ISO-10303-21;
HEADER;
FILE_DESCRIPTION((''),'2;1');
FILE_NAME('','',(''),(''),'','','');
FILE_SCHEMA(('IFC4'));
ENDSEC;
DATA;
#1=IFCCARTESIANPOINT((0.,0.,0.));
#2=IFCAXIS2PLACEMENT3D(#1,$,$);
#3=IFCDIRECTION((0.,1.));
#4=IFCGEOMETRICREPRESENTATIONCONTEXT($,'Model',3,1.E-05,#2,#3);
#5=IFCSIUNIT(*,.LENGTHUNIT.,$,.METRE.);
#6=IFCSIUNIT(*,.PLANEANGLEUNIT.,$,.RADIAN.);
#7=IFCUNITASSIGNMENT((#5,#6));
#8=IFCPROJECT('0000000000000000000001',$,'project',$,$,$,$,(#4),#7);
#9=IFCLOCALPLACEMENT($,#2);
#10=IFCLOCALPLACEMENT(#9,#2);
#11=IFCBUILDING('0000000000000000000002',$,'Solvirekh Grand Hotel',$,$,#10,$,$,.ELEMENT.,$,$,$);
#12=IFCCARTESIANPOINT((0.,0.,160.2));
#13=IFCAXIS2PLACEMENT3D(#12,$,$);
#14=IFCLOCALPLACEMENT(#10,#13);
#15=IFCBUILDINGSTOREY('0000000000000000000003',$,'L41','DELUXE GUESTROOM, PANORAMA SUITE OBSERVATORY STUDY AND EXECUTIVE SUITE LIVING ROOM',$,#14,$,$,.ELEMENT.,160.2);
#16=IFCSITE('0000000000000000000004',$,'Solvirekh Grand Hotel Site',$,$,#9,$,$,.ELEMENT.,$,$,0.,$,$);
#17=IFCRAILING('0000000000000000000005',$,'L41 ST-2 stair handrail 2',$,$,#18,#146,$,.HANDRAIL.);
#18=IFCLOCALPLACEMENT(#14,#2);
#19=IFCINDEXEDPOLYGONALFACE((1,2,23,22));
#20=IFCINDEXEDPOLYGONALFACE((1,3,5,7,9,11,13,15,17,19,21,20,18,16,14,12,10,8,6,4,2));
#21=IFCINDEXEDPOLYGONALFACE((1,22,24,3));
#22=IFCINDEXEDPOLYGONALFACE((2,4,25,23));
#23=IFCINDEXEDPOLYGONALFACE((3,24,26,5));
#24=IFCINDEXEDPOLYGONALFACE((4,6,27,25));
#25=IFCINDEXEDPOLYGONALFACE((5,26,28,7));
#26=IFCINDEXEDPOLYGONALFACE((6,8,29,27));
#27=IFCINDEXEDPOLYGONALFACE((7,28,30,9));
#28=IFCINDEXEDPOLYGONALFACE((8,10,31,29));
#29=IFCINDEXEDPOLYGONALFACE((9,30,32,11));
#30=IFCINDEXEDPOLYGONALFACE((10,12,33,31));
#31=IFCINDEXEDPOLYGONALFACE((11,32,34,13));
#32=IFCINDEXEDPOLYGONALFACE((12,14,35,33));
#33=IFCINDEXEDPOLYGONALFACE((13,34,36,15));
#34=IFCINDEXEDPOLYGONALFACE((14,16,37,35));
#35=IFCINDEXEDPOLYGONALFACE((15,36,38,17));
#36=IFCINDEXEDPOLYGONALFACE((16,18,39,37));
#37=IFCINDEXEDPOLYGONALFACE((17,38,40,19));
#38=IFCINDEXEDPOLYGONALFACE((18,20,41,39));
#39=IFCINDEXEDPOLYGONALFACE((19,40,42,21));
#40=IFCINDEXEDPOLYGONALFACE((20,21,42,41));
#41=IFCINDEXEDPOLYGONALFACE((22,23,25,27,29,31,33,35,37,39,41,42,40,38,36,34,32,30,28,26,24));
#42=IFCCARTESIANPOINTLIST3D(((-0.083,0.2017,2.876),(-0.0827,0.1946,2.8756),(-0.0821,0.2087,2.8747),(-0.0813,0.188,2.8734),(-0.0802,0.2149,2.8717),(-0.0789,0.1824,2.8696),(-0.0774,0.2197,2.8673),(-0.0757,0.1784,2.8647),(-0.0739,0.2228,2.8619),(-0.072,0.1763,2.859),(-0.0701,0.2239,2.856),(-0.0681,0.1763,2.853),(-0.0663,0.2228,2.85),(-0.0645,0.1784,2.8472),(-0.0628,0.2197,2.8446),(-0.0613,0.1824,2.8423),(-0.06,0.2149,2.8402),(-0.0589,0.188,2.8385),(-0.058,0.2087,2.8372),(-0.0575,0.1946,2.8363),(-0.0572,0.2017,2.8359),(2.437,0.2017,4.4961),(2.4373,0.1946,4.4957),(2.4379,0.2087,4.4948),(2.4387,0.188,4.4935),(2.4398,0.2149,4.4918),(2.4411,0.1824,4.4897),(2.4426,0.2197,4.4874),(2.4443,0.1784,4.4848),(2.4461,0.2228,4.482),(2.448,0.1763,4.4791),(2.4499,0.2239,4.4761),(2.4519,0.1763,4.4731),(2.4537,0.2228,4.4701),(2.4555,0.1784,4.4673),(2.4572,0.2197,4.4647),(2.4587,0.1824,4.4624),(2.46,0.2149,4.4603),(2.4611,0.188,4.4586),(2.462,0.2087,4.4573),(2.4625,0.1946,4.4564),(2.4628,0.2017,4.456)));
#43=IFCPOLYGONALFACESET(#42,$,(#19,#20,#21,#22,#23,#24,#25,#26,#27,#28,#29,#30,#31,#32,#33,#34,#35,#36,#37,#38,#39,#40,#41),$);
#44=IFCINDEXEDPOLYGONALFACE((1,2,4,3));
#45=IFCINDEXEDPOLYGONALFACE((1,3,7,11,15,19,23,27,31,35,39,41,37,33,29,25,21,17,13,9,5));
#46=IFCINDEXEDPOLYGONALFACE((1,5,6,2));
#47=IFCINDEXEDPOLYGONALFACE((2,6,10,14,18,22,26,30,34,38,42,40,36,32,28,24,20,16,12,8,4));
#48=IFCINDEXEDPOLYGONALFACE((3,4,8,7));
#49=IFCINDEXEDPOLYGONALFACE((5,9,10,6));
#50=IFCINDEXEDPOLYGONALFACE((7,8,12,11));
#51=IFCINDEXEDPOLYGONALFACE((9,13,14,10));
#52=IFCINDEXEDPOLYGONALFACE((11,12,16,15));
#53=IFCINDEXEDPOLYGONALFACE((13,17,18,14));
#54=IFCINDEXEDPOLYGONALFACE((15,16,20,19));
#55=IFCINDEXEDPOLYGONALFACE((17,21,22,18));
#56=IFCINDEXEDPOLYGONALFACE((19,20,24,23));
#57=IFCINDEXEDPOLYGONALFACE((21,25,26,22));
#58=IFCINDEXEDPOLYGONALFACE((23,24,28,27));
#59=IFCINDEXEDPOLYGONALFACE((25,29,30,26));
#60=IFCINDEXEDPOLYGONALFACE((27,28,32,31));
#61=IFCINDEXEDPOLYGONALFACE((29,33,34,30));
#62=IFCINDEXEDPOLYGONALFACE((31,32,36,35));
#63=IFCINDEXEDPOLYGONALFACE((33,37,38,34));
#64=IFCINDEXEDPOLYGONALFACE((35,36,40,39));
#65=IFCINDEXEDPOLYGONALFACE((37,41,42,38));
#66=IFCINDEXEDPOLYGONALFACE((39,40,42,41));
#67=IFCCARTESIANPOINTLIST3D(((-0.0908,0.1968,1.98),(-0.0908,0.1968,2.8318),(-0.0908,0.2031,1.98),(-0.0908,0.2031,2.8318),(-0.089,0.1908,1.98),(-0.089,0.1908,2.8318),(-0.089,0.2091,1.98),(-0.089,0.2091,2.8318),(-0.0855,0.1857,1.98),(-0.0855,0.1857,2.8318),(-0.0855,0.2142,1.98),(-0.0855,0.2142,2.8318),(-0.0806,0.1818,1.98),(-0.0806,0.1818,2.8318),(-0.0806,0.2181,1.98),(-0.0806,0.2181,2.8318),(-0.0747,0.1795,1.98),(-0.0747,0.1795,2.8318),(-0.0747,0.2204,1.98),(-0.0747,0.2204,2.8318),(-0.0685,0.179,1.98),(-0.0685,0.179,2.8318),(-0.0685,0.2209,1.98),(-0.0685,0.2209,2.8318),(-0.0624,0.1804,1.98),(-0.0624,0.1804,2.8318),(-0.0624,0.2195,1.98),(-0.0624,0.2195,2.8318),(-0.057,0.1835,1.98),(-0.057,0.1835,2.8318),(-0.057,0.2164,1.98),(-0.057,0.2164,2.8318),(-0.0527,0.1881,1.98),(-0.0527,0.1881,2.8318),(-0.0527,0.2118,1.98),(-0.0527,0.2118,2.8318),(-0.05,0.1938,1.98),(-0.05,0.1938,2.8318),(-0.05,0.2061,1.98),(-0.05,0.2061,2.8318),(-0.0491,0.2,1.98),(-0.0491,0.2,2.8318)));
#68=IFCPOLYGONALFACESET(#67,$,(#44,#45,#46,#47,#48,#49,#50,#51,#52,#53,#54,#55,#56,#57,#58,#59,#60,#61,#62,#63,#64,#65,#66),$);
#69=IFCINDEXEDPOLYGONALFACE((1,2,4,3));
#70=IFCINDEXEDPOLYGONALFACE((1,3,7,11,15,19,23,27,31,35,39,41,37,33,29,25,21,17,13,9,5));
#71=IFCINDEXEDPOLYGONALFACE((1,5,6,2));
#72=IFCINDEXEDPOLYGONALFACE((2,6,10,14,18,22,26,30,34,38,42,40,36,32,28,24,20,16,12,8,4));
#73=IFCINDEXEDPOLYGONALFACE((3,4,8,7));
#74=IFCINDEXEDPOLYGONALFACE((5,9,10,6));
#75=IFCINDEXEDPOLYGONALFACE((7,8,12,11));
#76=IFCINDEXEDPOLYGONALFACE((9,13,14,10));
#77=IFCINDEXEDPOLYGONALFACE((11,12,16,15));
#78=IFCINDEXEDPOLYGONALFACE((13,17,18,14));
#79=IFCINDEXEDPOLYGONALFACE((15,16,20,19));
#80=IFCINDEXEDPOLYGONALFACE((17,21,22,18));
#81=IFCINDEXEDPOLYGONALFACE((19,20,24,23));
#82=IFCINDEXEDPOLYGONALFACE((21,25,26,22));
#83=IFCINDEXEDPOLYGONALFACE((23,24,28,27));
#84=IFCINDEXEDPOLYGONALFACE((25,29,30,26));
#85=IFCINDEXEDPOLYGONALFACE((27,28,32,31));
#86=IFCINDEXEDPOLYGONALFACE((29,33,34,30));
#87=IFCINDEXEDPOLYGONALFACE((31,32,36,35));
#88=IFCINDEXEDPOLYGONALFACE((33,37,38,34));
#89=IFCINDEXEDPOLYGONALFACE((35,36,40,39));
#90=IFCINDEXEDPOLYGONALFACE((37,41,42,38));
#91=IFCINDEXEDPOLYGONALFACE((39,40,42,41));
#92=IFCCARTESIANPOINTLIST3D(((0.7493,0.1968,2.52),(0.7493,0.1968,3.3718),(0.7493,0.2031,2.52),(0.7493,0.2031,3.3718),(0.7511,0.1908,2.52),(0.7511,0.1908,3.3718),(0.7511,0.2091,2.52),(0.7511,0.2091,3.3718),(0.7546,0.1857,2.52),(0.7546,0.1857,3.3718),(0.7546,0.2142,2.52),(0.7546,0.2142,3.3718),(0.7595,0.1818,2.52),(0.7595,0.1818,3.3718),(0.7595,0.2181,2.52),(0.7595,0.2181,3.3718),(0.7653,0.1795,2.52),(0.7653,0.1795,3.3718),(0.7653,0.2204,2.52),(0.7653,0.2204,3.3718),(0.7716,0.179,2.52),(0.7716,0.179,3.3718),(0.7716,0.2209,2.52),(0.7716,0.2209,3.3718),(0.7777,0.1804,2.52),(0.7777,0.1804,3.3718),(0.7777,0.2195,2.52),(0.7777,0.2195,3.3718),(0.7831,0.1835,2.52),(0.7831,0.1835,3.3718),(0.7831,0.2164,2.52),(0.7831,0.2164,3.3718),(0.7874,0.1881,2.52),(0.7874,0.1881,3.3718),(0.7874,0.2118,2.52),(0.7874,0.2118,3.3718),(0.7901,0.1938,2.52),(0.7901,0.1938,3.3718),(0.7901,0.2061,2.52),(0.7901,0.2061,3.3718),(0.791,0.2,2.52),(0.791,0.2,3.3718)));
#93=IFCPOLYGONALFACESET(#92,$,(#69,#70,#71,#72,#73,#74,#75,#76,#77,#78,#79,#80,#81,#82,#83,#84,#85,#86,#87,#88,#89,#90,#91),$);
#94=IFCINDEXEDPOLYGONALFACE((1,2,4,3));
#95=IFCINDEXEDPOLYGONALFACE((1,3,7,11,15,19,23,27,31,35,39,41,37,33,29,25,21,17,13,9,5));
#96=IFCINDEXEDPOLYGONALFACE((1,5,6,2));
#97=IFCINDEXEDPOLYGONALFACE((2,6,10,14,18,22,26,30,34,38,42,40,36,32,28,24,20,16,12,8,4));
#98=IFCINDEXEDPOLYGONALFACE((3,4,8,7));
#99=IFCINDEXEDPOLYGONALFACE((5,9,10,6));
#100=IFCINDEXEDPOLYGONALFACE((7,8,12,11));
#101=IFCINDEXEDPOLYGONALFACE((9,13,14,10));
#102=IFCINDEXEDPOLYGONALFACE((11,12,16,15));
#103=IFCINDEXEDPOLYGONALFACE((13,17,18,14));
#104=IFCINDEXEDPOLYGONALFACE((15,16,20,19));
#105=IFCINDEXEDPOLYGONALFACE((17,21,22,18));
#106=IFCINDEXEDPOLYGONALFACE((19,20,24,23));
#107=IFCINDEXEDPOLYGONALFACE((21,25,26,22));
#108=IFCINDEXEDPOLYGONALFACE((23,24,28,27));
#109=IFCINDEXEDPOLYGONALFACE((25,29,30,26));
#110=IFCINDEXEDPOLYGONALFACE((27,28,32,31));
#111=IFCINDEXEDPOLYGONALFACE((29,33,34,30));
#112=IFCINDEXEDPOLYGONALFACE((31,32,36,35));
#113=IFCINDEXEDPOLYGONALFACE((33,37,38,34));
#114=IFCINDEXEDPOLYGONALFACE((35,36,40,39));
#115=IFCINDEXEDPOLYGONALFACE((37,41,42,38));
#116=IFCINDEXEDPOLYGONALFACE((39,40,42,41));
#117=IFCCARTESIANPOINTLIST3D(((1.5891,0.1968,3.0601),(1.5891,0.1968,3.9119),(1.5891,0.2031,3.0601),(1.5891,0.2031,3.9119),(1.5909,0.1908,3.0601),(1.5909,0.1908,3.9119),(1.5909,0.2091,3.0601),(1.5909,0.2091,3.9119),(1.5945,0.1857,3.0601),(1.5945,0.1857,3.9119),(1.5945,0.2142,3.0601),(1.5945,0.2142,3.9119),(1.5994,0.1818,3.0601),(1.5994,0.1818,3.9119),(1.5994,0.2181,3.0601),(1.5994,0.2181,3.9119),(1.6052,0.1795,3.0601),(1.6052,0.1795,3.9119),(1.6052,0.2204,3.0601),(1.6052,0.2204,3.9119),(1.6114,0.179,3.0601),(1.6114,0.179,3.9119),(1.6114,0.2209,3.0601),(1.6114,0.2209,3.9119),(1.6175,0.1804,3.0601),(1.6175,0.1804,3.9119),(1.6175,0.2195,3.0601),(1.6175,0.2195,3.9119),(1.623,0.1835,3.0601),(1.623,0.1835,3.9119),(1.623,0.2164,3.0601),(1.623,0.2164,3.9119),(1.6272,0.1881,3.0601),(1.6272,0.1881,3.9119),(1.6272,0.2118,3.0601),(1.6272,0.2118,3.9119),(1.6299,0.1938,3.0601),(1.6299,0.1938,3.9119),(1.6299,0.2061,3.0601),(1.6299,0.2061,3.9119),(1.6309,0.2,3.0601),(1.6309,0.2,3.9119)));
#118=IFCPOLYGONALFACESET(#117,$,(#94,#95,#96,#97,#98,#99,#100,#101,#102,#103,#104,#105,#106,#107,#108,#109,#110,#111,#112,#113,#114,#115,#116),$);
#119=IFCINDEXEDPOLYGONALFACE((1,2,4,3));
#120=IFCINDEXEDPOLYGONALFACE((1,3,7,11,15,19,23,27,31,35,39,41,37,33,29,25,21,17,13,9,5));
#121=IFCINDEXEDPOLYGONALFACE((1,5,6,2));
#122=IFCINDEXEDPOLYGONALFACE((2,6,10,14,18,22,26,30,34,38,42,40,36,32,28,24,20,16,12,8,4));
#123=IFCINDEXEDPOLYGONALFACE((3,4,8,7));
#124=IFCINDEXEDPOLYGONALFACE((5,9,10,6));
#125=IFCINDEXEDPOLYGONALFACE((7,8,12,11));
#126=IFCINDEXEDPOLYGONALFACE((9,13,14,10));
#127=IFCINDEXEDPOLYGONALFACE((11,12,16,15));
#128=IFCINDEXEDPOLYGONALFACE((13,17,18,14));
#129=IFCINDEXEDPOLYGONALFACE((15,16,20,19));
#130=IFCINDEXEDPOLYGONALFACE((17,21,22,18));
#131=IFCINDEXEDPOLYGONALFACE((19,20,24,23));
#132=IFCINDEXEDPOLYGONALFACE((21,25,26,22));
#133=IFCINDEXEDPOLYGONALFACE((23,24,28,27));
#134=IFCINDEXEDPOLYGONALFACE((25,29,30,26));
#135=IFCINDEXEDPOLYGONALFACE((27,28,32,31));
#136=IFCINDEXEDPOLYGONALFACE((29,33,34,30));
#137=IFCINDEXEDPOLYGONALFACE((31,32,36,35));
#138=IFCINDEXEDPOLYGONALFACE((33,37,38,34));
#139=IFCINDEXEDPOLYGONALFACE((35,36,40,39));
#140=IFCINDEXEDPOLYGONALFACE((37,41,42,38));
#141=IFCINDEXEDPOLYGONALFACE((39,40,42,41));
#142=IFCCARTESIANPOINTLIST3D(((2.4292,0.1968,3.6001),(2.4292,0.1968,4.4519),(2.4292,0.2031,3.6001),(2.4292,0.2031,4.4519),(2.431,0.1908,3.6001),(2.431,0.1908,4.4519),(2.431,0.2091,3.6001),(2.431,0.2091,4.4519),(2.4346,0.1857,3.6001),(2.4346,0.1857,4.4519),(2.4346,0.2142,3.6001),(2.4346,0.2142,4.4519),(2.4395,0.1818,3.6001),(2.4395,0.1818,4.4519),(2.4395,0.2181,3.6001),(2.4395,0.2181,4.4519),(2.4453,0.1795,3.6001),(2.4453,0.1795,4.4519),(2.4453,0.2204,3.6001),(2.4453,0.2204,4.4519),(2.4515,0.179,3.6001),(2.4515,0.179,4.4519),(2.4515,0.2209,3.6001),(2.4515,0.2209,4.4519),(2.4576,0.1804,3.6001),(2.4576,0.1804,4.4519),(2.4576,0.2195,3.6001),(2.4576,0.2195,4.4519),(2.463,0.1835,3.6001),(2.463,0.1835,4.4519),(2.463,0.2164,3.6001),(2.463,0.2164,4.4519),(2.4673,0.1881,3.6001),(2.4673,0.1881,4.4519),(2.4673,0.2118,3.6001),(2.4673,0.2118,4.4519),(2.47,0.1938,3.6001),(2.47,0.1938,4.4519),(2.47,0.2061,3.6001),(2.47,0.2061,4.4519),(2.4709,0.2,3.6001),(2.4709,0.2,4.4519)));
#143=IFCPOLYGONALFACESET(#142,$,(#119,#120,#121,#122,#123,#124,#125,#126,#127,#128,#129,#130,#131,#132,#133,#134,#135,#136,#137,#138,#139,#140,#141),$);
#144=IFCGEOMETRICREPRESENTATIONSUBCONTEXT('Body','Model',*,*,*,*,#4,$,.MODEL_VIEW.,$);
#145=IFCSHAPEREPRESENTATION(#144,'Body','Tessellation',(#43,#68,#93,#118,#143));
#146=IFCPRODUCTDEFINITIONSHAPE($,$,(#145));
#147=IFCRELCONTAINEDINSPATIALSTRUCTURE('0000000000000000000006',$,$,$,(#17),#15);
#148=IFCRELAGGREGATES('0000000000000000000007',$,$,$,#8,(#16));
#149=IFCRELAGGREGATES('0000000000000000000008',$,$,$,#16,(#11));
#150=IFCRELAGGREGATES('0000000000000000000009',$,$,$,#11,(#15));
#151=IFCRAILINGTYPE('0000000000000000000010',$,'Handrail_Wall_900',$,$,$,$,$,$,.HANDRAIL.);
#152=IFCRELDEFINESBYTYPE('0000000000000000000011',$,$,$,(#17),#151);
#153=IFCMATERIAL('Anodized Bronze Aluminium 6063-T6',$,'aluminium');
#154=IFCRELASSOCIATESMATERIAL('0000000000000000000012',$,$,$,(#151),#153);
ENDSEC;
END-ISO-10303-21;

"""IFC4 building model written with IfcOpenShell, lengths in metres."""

from ifc_helpers import new_model, si_unit, direction, frame, origin, origin_2d, place, context, subcontext, project, spatial, circle, extrude, material, type_object, element, save


model = new_model("IFC4")

# Units and contexts
model_context = context("Model", 3, precision=1e-05, world=origin(), true_north=direction((0.0, 1.0)))
body_context = subcontext(model_context, "Body", "Model", "MODEL_VIEW")
ifc_project = project(units=[si_unit("LENGTHUNIT", "METRE"), si_unit("PLANEANGLEUNIT", "RADIAN")], contexts=[model_context])

# Site, building, storey
site_placement = place(None, origin())
site = spatial("IfcSite", under=ifc_project, at=site_placement, Name="Solvirekh Grand Hotel Site", CompositionType="ELEMENT", RefElevation=0.0)
building_placement = place(site_placement, origin())
building = spatial("IfcBuilding", under=site, at=building_placement, Name="Solvirekh Grand Hotel", CompositionType="ELEMENT")
storey_placement = place(building_placement, frame((0.0, 0.0, 160.2)))
storey = spatial("IfcBuildingStorey", under=building, at=storey_placement, Name="L41", Description="DELUXE GUESTROOM, PANORAMA SUITE OBSERVATORY STUDY AND EXECUTIVE SUITE LIVING ROOM", CompositionType="ELEMENT", Elevation=160.2)

# Railing
ifc_material_1 = material(Name="Anodized Bronze Aluminium 6063-T6", Category="aluminium")
railing_type_1 = type_object("IfcRailingType", Name="Handrail_Wall_900", PredefinedType="HANDRAIL", material=ifc_material_1)
for number, where, name in (
    (1, (-0.0701, 0.2, 1.98), "L41 ST-2 stair handrail 2"),
):
    element("IfcRailing", number, at=place(storey_placement, frame(where)), inside=storey, type_object=railing_type_1, Name=name, PredefinedType="HANDRAIL", context=body_context, shape_type="SweptSolid", body=[
        extrude(circle(Radius=0.0239, at=origin_2d()), frame((0.0, 0.0, 0.876), z_axis=(0.841163, 0.0, 0.540782), x_axis=(0.0, 1.0, 0.0)), (0.0, 0.0, 1.0), 2.9958),
        extrude(circle(Radius=0.021, at=origin_2d()), origin(), (0.0, 0.0, 1.0), 0.8518),
        extrude(circle(Radius=0.021, at=origin_2d()), frame((0.8401, 0.0, 0.54)), (0.0, 0.0, 1.0), 0.8518),
        extrude(circle(Radius=0.021, at=origin_2d()), frame((1.6799, 0.0, 1.0801)), (0.0, 0.0, 1.0), 0.8518),
        extrude(circle(Radius=0.021, at=origin_2d()), frame((2.52, 0.0, 1.6201)), (0.0, 0.0, 1.0), 0.8518),
    ])

save(model, "model.ifc")
